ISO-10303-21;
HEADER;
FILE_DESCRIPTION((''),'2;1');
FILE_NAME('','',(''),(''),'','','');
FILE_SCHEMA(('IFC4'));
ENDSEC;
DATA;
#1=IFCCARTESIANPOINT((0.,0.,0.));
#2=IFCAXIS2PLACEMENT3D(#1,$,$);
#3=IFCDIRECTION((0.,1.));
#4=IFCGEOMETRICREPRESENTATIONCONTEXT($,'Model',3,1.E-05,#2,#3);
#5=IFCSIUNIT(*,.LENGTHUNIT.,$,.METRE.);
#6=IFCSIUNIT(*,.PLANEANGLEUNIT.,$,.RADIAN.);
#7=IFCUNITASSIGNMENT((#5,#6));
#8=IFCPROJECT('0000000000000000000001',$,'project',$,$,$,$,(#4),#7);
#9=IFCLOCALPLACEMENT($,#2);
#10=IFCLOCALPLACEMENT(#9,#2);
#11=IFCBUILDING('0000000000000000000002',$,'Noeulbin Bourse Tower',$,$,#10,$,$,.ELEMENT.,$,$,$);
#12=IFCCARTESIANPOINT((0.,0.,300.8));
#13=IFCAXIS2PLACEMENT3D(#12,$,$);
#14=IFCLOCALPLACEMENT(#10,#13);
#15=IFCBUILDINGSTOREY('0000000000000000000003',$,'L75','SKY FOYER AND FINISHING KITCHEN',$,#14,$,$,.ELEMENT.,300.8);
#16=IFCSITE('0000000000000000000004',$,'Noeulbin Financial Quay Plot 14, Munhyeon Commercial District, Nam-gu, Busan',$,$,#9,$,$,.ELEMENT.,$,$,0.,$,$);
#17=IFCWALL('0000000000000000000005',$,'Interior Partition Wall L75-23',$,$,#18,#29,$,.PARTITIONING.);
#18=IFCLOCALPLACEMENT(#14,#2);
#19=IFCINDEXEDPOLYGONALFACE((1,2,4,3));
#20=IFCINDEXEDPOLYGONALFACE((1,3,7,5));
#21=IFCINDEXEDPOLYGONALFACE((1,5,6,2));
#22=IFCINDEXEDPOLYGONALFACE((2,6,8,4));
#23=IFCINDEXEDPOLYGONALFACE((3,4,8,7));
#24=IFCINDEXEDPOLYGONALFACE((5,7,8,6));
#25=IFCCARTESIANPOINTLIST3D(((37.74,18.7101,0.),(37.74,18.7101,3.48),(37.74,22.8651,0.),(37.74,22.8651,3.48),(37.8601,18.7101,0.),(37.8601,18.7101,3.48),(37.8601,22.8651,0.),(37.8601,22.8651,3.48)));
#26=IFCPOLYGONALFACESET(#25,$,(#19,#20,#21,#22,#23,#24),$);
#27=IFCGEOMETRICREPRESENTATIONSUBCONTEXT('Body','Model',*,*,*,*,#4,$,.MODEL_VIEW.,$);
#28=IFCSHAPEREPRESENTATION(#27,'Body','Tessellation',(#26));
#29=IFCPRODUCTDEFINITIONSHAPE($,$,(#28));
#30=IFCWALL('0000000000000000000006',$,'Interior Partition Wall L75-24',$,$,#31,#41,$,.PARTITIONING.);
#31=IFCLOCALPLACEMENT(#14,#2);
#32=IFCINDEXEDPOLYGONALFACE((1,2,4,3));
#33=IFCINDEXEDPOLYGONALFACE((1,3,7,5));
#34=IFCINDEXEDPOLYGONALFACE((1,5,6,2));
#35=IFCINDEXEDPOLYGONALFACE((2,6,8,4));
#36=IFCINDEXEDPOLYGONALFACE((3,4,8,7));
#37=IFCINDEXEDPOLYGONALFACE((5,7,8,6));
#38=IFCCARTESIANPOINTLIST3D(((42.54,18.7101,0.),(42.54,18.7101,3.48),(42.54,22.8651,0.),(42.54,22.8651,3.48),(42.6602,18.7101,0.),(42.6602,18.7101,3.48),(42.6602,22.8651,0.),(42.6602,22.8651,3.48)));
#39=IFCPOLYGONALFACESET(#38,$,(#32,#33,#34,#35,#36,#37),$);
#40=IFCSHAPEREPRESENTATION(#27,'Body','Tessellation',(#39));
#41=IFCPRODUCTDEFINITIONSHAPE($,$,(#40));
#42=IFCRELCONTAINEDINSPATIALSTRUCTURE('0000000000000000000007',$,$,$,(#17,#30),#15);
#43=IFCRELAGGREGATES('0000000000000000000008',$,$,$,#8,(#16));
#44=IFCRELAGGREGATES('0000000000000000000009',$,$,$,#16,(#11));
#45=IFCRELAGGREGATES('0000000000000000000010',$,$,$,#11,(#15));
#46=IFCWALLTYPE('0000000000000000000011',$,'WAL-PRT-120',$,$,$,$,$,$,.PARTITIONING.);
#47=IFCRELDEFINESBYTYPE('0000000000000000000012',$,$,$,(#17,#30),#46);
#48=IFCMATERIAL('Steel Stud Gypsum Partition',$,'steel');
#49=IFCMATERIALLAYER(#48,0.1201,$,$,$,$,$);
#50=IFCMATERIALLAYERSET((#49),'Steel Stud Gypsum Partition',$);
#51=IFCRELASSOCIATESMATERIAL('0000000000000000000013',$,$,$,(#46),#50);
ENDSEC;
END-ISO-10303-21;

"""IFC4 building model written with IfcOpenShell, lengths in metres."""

from ifc_helpers import new_model, si_unit, direction, frame, frame_2d, origin, place, context, subcontext, project, spatial, rectangle, extrude, material, layer, layer_set, type_object, element, save


model = new_model("IFC4")

# Units and contexts
model_context = context("Model", 3, precision=1e-05, world=origin(), true_north=direction((0.0, 1.0)))
body_context = subcontext(model_context, "Body", "Model", "MODEL_VIEW")
ifc_project = project(units=[si_unit("LENGTHUNIT", "METRE"), si_unit("PLANEANGLEUNIT", "RADIAN")], contexts=[model_context])

# Site, building, storey
site_placement = place(None, origin())
site = spatial("IfcSite", under=ifc_project, at=site_placement, Name="Noeulbin Financial Quay Plot 14, Munhyeon Commercial District, Nam-gu, Busan", CompositionType="ELEMENT", RefElevation=0.0)
building_placement = place(site_placement, origin())
building = spatial("IfcBuilding", under=site, at=building_placement, Name="Noeulbin Bourse Tower", CompositionType="ELEMENT")
storey_placement = place(building_placement, frame((0.0, 0.0, 300.8)))
storey = spatial("IfcBuildingStorey", under=building, at=storey_placement, Name="L75", Description="SKY FOYER AND FINISHING KITCHEN", CompositionType="ELEMENT", Elevation=300.8)

# Walls
ifc_material_1 = material(Name="Steel Stud Gypsum Partition", Category="steel")
ifc_layer_1 = layer(ifc_material_1, 0.1201)
ifc_layer_set_1 = layer_set([ifc_layer_1], Name="Steel Stud Gypsum Partition")
wall_type = type_object("IfcWallType", Name="WAL-PRT-120", PredefinedType="PARTITIONING", material=ifc_layer_set_1)
for number, where, z_axis, x_axis, name in (
    (1, (37.8, 18.71, 0.0), (0.0, 0.0, 1.0), (0.0, 1.0, 0.0), "Interior Partition Wall L75-23"),
    (2, (42.6001, 18.71, 0.0), (0.0, 0.0, 1.0), (0.0, 1.0, 0.0), "Interior Partition Wall L75-24"),
):
    element("IfcWall", number, at=place(storey_placement, frame(where, z_axis=z_axis, x_axis=x_axis)), inside=storey, type_object=wall_type, Name=name, PredefinedType="PARTITIONING", context=body_context, shape_type="SweptSolid", body=[
        extrude(rectangle(XDim=4.155, YDim=0.1201, at=frame_2d((2.0776, 0.0))), origin(), (0.0, 0.0, 1.0), 3.48),
    ])

save(model, "model.ifc")
